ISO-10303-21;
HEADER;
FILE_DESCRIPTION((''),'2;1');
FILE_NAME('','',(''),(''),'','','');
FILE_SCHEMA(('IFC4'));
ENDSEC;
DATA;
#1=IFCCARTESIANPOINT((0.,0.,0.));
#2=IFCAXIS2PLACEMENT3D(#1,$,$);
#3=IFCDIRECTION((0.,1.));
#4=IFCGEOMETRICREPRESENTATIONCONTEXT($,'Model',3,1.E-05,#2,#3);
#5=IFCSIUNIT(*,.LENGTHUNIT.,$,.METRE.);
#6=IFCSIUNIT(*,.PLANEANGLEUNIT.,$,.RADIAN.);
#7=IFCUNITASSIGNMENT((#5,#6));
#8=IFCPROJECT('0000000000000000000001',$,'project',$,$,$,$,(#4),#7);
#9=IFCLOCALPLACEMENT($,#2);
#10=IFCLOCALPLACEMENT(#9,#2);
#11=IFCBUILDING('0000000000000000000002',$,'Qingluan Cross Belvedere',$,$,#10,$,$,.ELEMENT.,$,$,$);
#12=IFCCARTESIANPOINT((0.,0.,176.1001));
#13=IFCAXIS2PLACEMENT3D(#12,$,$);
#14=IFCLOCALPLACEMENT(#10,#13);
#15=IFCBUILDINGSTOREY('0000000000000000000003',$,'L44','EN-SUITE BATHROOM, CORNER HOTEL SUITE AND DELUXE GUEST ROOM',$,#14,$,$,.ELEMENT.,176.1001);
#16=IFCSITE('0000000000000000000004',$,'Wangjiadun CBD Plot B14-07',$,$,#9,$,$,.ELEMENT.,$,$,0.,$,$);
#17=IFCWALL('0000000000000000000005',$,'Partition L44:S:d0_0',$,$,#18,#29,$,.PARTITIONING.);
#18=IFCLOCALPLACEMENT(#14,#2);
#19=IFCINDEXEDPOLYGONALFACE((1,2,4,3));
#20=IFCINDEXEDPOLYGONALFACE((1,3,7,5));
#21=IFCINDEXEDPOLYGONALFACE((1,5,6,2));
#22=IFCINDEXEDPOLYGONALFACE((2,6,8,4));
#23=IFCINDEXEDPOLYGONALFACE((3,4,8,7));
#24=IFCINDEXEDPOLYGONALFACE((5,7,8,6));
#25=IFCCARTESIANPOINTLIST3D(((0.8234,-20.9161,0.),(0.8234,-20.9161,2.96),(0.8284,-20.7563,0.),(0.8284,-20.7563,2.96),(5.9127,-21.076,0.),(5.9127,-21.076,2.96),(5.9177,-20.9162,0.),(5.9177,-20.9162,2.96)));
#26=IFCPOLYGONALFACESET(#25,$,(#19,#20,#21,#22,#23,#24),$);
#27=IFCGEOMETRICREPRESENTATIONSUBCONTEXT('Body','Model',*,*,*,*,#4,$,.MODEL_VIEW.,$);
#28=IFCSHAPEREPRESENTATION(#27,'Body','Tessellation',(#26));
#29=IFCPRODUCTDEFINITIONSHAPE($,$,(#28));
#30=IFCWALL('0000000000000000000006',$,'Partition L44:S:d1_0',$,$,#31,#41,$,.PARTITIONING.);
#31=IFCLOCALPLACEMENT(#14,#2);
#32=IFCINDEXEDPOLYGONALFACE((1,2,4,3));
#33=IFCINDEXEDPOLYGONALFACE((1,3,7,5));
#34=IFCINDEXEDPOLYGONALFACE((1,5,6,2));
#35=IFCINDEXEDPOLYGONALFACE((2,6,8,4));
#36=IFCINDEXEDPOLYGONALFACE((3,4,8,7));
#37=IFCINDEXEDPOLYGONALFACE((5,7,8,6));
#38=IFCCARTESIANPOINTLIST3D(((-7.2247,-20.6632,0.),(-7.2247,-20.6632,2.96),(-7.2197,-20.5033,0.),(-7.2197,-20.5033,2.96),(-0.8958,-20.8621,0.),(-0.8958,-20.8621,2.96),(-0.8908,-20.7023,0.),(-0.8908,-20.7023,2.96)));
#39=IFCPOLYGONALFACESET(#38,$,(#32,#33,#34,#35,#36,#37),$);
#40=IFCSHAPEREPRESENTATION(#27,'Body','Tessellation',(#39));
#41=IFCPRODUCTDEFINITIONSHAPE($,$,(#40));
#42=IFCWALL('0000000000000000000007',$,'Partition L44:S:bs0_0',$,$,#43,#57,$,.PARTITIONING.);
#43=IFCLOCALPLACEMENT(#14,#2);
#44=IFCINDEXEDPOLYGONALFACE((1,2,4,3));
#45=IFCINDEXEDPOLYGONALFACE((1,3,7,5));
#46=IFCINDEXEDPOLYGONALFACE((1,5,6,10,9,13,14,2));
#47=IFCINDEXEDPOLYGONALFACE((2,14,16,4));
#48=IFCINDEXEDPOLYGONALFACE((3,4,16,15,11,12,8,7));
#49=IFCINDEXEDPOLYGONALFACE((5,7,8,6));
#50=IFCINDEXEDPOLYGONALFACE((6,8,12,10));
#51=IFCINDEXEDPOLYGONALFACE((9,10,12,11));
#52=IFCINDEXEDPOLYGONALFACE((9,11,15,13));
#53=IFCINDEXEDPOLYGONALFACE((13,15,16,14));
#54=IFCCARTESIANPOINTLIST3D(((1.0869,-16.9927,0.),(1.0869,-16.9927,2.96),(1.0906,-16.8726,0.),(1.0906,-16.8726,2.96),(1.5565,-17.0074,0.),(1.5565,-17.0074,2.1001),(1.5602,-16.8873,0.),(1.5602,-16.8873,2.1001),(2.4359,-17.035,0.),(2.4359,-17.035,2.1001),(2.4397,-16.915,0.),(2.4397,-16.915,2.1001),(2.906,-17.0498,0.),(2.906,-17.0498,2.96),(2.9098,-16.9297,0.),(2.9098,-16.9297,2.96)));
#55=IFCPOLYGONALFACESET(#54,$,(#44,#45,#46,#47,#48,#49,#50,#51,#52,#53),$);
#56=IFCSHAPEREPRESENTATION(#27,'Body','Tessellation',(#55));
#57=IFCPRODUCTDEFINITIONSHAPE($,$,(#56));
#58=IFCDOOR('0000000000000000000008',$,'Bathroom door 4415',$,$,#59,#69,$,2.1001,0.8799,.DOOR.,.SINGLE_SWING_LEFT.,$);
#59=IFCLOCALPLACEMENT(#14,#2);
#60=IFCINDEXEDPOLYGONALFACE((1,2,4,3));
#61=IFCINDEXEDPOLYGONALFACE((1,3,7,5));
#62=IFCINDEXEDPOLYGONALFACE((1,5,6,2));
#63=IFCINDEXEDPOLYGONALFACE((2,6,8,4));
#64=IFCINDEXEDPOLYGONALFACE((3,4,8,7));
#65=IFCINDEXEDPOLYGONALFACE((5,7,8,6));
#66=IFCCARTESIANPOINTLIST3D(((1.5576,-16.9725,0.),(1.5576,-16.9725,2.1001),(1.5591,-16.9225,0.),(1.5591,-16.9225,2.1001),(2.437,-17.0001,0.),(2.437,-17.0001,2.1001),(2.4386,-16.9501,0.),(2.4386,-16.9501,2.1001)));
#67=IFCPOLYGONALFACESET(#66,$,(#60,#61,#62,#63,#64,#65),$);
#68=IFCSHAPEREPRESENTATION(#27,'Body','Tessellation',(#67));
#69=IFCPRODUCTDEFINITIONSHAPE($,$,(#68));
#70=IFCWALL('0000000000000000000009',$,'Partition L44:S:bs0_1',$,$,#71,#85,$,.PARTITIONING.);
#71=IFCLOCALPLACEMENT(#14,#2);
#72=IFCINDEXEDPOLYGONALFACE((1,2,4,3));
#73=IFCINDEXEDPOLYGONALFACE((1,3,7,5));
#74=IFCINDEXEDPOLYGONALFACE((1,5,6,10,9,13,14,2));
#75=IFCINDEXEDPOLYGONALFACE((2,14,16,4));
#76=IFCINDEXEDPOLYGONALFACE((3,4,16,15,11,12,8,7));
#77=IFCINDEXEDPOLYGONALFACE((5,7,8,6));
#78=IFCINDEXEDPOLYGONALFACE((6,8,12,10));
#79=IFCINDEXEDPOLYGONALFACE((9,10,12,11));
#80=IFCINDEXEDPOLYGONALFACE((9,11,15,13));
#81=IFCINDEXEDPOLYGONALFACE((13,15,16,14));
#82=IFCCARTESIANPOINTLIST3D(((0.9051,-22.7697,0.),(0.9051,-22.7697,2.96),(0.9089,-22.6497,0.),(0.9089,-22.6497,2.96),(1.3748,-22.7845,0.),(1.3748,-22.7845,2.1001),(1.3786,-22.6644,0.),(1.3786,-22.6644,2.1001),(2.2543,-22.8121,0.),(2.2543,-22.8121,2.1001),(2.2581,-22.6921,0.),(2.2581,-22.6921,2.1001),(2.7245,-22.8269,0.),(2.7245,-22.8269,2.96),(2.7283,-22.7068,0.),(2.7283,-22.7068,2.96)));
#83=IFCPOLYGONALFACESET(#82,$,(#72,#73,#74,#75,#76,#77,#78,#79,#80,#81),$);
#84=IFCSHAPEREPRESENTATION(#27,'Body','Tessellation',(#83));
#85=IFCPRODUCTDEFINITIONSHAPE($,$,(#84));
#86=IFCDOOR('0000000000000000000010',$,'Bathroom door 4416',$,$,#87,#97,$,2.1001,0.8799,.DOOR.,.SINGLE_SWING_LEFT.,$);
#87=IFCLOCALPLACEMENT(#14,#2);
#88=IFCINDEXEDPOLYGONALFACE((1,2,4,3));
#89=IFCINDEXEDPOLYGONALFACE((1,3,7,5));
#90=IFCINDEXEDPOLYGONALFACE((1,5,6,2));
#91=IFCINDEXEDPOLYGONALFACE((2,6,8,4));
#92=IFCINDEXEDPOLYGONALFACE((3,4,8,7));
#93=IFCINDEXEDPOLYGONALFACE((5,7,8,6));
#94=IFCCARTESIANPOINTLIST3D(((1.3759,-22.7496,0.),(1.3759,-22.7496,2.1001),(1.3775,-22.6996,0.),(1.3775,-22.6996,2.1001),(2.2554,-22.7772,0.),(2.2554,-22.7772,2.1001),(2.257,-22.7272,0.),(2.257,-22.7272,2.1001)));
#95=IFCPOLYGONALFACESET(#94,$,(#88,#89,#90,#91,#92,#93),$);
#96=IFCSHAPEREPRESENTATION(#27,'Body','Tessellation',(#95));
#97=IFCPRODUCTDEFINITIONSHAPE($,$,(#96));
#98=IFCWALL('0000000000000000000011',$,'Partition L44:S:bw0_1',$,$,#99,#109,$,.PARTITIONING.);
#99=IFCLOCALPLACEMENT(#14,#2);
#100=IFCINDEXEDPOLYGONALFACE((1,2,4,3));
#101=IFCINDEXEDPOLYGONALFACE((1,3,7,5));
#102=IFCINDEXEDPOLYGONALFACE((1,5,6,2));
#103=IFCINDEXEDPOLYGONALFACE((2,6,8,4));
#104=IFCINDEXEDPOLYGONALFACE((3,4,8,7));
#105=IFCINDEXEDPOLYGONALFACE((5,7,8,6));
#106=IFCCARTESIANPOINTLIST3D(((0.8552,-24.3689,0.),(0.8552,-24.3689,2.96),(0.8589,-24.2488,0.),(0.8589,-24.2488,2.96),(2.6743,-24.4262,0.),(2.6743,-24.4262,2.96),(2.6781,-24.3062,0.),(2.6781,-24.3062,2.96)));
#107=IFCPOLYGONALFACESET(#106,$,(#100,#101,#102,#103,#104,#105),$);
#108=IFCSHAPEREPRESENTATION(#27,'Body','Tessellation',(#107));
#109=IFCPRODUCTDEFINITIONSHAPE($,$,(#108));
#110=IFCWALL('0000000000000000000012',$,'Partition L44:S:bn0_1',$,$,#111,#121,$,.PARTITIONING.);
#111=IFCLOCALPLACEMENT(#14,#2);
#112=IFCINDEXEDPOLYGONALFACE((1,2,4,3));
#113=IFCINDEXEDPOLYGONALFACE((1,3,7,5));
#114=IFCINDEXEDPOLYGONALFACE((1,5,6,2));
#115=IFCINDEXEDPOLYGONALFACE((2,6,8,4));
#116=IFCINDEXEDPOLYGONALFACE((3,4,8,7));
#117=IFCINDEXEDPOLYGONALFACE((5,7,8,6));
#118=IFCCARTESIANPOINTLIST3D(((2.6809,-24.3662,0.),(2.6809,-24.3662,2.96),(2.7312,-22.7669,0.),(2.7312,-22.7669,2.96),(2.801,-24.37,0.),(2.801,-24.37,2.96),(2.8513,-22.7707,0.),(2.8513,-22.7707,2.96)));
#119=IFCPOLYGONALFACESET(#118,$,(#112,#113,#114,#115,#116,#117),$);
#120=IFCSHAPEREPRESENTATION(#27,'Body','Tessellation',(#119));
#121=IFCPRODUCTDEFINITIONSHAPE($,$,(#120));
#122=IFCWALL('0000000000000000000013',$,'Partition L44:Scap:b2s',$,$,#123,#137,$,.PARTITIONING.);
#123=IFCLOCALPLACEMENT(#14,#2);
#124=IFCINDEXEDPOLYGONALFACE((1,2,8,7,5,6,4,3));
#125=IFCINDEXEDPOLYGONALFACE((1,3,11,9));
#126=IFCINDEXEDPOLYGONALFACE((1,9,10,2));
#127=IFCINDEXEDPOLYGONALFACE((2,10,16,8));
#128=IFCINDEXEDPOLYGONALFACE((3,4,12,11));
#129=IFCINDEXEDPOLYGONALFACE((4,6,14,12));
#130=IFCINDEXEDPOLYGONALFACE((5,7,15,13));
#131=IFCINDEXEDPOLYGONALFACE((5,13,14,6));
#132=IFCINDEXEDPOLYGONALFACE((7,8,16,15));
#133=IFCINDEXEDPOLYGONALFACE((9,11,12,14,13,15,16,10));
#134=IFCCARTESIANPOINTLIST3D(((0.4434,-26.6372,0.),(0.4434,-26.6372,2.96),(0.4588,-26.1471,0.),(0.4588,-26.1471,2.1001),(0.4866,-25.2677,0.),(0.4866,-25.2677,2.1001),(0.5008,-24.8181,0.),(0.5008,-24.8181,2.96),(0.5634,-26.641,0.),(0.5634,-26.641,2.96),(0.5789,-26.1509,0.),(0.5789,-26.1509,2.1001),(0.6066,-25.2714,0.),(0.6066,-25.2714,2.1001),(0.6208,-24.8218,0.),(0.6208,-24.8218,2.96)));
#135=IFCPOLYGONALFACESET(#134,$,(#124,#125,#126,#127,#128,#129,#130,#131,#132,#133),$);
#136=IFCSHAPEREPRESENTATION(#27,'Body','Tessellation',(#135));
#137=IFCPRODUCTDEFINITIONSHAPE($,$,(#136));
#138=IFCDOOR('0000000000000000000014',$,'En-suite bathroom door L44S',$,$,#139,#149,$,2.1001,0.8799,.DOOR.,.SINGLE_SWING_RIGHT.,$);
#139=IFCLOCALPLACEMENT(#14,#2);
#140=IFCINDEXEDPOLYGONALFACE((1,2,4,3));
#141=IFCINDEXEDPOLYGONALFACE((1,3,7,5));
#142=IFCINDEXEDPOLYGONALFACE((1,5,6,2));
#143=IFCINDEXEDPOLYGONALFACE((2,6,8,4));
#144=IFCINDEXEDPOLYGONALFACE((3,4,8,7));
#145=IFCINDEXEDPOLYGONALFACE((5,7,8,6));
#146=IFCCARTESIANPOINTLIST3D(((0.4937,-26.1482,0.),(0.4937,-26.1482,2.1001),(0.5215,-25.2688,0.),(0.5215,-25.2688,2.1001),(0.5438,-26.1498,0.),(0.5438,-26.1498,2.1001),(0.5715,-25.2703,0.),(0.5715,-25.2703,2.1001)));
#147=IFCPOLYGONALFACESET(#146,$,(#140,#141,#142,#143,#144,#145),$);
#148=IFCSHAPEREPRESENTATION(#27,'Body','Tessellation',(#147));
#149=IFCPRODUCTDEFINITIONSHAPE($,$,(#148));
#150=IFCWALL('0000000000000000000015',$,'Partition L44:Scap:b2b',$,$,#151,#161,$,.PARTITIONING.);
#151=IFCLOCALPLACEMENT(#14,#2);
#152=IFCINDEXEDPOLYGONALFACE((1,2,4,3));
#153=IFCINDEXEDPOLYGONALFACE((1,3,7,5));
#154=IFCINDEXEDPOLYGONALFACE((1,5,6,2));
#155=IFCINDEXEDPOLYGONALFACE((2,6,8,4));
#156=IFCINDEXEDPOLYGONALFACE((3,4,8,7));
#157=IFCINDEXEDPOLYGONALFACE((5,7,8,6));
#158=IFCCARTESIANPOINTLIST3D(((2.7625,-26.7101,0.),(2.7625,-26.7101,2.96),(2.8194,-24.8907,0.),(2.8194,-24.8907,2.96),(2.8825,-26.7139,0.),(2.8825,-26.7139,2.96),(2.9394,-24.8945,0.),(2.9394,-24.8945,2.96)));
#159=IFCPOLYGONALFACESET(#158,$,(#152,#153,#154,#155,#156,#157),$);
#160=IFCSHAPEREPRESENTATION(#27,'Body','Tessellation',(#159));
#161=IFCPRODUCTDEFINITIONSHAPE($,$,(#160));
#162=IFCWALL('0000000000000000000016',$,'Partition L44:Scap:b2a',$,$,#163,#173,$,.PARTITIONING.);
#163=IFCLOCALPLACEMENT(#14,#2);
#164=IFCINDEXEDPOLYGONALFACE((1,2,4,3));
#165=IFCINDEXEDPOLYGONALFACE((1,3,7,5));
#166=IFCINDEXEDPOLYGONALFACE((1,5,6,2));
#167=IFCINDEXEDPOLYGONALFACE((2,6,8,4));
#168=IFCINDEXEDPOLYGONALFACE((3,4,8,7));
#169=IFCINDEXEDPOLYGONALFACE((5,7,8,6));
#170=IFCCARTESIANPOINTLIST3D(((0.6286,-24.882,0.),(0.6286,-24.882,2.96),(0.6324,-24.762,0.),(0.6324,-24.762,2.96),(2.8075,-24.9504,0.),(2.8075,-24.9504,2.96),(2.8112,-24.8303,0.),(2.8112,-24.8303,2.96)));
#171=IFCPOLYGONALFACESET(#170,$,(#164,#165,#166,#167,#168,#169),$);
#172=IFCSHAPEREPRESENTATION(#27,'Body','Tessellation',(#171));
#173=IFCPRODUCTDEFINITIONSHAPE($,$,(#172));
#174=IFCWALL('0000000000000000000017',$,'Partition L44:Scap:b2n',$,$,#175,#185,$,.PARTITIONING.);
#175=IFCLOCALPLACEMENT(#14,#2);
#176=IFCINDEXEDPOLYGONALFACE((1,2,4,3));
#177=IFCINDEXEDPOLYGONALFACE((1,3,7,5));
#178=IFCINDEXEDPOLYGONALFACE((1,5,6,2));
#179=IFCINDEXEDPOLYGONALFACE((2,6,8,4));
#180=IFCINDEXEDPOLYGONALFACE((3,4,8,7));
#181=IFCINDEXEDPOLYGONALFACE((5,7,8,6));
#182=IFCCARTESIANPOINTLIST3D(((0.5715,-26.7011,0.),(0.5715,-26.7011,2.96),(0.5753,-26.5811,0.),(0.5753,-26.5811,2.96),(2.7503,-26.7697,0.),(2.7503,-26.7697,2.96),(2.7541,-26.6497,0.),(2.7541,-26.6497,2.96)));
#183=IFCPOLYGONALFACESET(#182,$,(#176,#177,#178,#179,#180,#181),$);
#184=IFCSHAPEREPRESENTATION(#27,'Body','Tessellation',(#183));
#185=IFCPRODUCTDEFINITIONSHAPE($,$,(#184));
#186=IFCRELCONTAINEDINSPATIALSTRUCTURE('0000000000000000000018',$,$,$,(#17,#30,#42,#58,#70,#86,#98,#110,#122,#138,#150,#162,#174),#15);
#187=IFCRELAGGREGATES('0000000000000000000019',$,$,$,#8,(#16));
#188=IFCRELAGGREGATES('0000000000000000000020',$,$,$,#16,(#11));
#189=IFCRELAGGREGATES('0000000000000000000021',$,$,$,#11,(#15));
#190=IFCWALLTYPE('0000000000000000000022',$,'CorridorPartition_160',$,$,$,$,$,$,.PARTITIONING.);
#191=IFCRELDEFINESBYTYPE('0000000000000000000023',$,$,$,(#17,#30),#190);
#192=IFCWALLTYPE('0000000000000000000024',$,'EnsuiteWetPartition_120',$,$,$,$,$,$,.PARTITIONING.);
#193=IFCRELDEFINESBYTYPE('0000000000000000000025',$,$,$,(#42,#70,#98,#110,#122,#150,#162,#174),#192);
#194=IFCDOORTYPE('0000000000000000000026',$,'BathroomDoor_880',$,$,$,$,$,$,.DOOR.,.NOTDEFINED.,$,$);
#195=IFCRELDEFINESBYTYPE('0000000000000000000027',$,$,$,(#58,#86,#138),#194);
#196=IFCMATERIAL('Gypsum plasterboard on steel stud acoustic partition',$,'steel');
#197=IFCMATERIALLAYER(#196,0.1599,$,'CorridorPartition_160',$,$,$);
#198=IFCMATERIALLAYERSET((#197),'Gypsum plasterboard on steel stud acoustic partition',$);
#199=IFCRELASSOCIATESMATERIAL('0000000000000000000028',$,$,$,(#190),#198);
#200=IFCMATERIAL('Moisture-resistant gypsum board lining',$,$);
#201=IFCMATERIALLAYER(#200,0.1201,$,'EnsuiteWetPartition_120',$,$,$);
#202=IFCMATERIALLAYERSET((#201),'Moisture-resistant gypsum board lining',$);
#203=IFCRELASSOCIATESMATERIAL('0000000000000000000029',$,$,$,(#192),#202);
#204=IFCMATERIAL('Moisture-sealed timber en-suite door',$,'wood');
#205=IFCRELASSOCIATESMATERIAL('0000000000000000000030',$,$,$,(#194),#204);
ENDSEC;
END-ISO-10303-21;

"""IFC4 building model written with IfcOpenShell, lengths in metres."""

from ifc_helpers import new_model, si_unit, direction, frame, frame_2d, origin, place, context, subcontext, project, spatial, rectangle, extrude, material, layer, layer_set, type_object, element, fill, save


model = new_model("IFC4")

# Units and contexts
model_context = context("Model", 3, precision=1e-05, world=origin(), true_north=direction((0.0, 1.0)))
body_context = subcontext(model_context, "Body", "Model", "MODEL_VIEW")
ifc_project = project(units=[si_unit("LENGTHUNIT", "METRE"), si_unit("PLANEANGLEUNIT", "RADIAN")], contexts=[model_context])

# Site, building, storey
site_placement = place(None, origin())
site = spatial("IfcSite", under=ifc_project, at=site_placement, Name="Wangjiadun CBD Plot B14-07", CompositionType="ELEMENT", RefElevation=0.0)
building_placement = place(site_placement, origin())
building = spatial("IfcBuilding", under=site, at=building_placement, Name="Qingluan Cross Belvedere", CompositionType="ELEMENT")
storey_placement = place(building_placement, frame((0.0, 0.0, 176.1001)))
storey = spatial("IfcBuildingStorey", under=building, at=storey_placement, Name="L44", Description="EN-SUITE BATHROOM, CORNER HOTEL SUITE AND DELUXE GUEST ROOM", CompositionType="ELEMENT", Elevation=176.1001)

# Walls
ifc_material_1 = material(Name="Gypsum plasterboard on steel stud acoustic partition", Category="steel")
ifc_layer_1 = layer(ifc_material_1, 0.1599, Name="CorridorPartition_160")
ifc_layer_set_1 = layer_set([ifc_layer_1], Name="Gypsum plasterboard on steel stud acoustic partition")
wall_type_1 = type_object("IfcWallType", Name="CorridorPartition_160", PredefinedType="PARTITIONING", material=ifc_layer_set_1)
wall_1_placement = place(storey_placement, frame((0.8259, -20.8362, 0.0), z_axis=(0.0, 0.0, 1.0), x_axis=(0.999507, -0.031405, 0.0)))
element("IfcWall", 1, at=wall_1_placement, inside=storey, type_object=wall_type_1, Name="Partition L44:S:d0_0", PredefinedType="PARTITIONING", context=body_context, shape_type="SweptSolid", body=[
    extrude(rectangle(XDim=5.0918, YDim=0.1599, at=frame_2d((2.5459, 0.0))), origin(), (0.0, 0.0, 1.0), 2.96),
])
wall_2_placement = place(storey_placement, frame((-0.8933, -20.7822, 0.0), z_axis=(0.0, 0.0, 1.0), x_axis=(-0.999506, 0.031424, 0.0)))
element("IfcWall", 2, at=wall_2_placement, inside=storey, type_object=wall_type_1, Name="Partition L44:S:d1_0", PredefinedType="PARTITIONING", context=body_context, shape_type="SweptSolid", body=[
    extrude(rectangle(XDim=6.332, YDim=0.1599, at=frame_2d((3.166, 0.0))), origin(), (0.0, 0.0, 1.0), 2.96),
])

# Walls, openings, doors
ifc_material_2 = material(Name="Moisture-resistant gypsum board lining")
ifc_layer_2 = layer(ifc_material_2, 0.1201, Name="EnsuiteWetPartition_120")
ifc_layer_set_2 = layer_set([ifc_layer_2], Name="Moisture-resistant gypsum board lining")
wall_type_2 = type_object("IfcWallType", Name="EnsuiteWetPartition_120", PredefinedType="PARTITIONING", material=ifc_layer_set_2)
wall_3_placement = place(storey_placement, frame((1.0886, -16.9326, 0.0), z_axis=(0.0, 0.0, 1.0), x_axis=(0.999507, -0.03139, 0.0)))
wall_3 = element("IfcWall", 3, at=wall_3_placement, inside=storey, type_object=wall_type_2, Name="Partition L44:S:bs0_0", PredefinedType="PARTITIONING", context=body_context, shape_type="SweptSolid", body=[
    extrude(rectangle(XDim=1.8201, YDim=0.1201, at=frame_2d((0.9102, 0.0))), origin(), (0.0, 0.0, 1.0), 2.96),
])
opening_1_placement = place(wall_3_placement, frame((0.47, 0.0, 0.0)))
opening_1 = element("IfcOpeningElement", 4, at=opening_1_placement, cuts=wall_3, PredefinedType="OPENING", context=body_context, shape_type="SweptSolid", body=[
    extrude(rectangle(XDim=0.8799, YDim=2.1001, at=frame_2d((0.4399, 1.05))), frame((0.0, 0.0701, 0.0), z_axis=(0.0, -1.0, 0.0), x_axis=(1.0, 0.0, 0.0)), (0.0, 0.0, 1.0), 0.1401),
])
ifc_material_3 = material(Name="Moisture-sealed timber en-suite door", Category="wood")
door_type = type_object("IfcDoorType", Name="BathroomDoor_880", OperationType="NOTDEFINED", PredefinedType="DOOR", material=ifc_material_3)
door_1_placement = place(opening_1_placement, origin())
door_1 = element("IfcDoor", 5, at=door_1_placement, inside=storey, type_object=door_type, Name="Bathroom door 4415", OperationType="SINGLE_SWING_LEFT", OverallHeight=2.1001, OverallWidth=0.8799, PredefinedType="DOOR", context=body_context, shape_type="SweptSolid", body=[
    extrude(rectangle(XDim=0.8799, YDim=2.1001, at=frame_2d((0.4399, 1.05))), frame((0.0, 0.0249, 0.0), z_axis=(0.0, -1.0, 0.0), x_axis=(1.0, 0.0, 0.0)), (0.0, 0.0, 1.0), 0.05),
])
fill(opening_1, door_1)
wall_4_placement = place(storey_placement, frame((0.907, -22.7097, 0.0), z_axis=(0.0, 0.0, 1.0), x_axis=(0.999507, -0.031385, 0.0)))
wall_4 = element("IfcWall", 6, at=wall_4_placement, inside=storey, type_object=wall_type_2, Name="Partition L44:S:bs0_1", PredefinedType="PARTITIONING", context=body_context, shape_type="SweptSolid", body=[
    extrude(rectangle(XDim=1.8203, YDim=0.1201, at=frame_2d((0.9102, 0.0))), origin(), (0.0, 0.0, 1.0), 2.96),
])
opening_2_placement = place(wall_4_placement, frame((0.47, 0.0, 0.0)))
opening_2 = element("IfcOpeningElement", 7, at=opening_2_placement, cuts=wall_4, PredefinedType="OPENING", context=body_context, shape_type="SweptSolid", body=[
    extrude(rectangle(XDim=0.8799, YDim=2.1001, at=frame_2d((0.4399, 1.05))), frame((0.0, 0.0701, 0.0), z_axis=(0.0, -1.0, 0.0), x_axis=(1.0, 0.0, 0.0)), (0.0, 0.0, 1.0), 0.1401),
])
door_2_placement = place(opening_2_placement, origin())
door_2 = element("IfcDoor", 8, at=door_2_placement, inside=storey, type_object=door_type, Name="Bathroom door 4416", OperationType="SINGLE_SWING_LEFT", OverallHeight=2.1001, OverallWidth=0.8799, PredefinedType="DOOR", context=body_context, shape_type="SweptSolid", body=[
    extrude(rectangle(XDim=0.8799, YDim=2.1001, at=frame_2d((0.4399, 1.05))), frame((0.0, 0.0249, 0.0), z_axis=(0.0, -1.0, 0.0), x_axis=(1.0, 0.0, 0.0)), (0.0, 0.0, 1.0), 0.05),
])
fill(opening_2, door_2)

# Walls
wall_5_placement = place(storey_placement, frame((0.8569, -24.3088, 0.0), z_axis=(0.0, 0.0, 1.0), x_axis=(0.999503, -0.031524, 0.0)))
element("IfcWall", 9, at=wall_5_placement, inside=storey, type_object=wall_type_2, Name="Partition L44:S:bw0_1", PredefinedType="PARTITIONING", context=body_context, shape_type="SweptSolid", body=[
    extrude(rectangle(XDim=1.8201, YDim=0.1201, at=frame_2d((0.9102, 0.0))), origin(), (0.0, 0.0, 1.0), 2.96),
])
wall_6_placement = place(storey_placement, frame((2.7913, -22.7688, 0.0), z_axis=(0.0, 0.0, 1.0), x_axis=(-0.03143, -0.999506, 0.0)))
element("IfcWall", 10, at=wall_6_placement, inside=storey, type_object=wall_type_2, Name="Partition L44:S:bn0_1", PredefinedType="PARTITIONING", context=body_context, shape_type="SweptSolid", body=[
    extrude(rectangle(XDim=1.6001, YDim=0.1201, at=frame_2d((0.8, 0.0))), origin(), (0.0, 0.0, 1.0), 2.96),
])

# Wall, opening, door
wall_7_placement = place(storey_placement, frame((0.5608, -24.8198, 0.0), z_axis=(0.0, 0.0, 1.0), x_axis=(-0.031524, -0.999503, 0.0)))
wall_7 = element("IfcWall", 11, at=wall_7_placement, inside=storey, type_object=wall_type_2, Name="Partition L44:Scap:b2s", PredefinedType="PARTITIONING", context=body_context, shape_type="SweptSolid", body=[
    extrude(rectangle(XDim=1.8201, YDim=0.1201, at=frame_2d((0.9102, 0.0))), origin(), (0.0, 0.0, 1.0), 2.96),
])
opening_3_placement = place(wall_7_placement, frame((0.45, 0.0, 0.0)))
opening_3 = element("IfcOpeningElement", 12, at=opening_3_placement, cuts=wall_7, PredefinedType="OPENING", context=body_context, shape_type="SweptSolid", body=[
    extrude(rectangle(XDim=0.8799, YDim=2.1001, at=frame_2d((0.4399, 1.05))), frame((0.0, 0.0701, 0.0), z_axis=(0.0, -1.0, 0.0), x_axis=(1.0, 0.0, 0.0)), (0.0, 0.0, 1.0), 0.1401),
])
door_3_placement = place(opening_3_placement, origin())
door_3 = element("IfcDoor", 13, at=door_3_placement, inside=storey, type_object=door_type, Name="En-suite bathroom door L44S", OperationType="SINGLE_SWING_RIGHT", OverallHeight=2.1001, OverallWidth=0.8799, PredefinedType="DOOR", context=body_context, shape_type="SweptSolid", body=[
    extrude(rectangle(XDim=0.8799, YDim=2.1001, at=frame_2d((0.4399, 1.05))), frame((0.0, 0.0249, 0.0), z_axis=(0.0, -1.0, 0.0), x_axis=(1.0, 0.0, 0.0)), (0.0, 0.0, 1.0), 0.05),
])
fill(opening_3, door_3)

# Walls
wall_8_placement = place(storey_placement, frame((2.8794, -24.8926, 0.0), z_axis=(0.0, 0.0, 1.0), x_axis=(-0.031252, -0.999512, 0.0)))
element("IfcWall", 14, at=wall_8_placement, inside=storey, type_object=wall_type_2, Name="Partition L44:Scap:b2b", PredefinedType="PARTITIONING", context=body_context, shape_type="SweptSolid", body=[
    extrude(rectangle(XDim=1.8203, YDim=0.1201, at=frame_2d((0.9102, 0.0))), origin(), (0.0, 0.0, 1.0), 2.96),
])
for number, where, z_axis, x_axis, name in (
    (15, (0.6306, -24.822, 0.0), (0.0, 0.0, 1.0), (0.999508, -0.031357, 0.0), "Partition L44:Scap:b2a"),
    (16, (0.5735, -26.6411, 0.0), (0.0, 0.0, 1.0), (0.999505, -0.031469, 0.0), "Partition L44:Scap:b2n"),
):
    element("IfcWall", number, at=place(storey_placement, frame(where, z_axis=z_axis, x_axis=x_axis)), inside=storey, type_object=wall_type_2, Name=name, PredefinedType="PARTITIONING", context=body_context, shape_type="SweptSolid", body=[
        extrude(rectangle(XDim=2.1799, YDim=0.1201, at=frame_2d((1.0898, 0.0))), origin(), (0.0, 0.0, 1.0), 2.96),
    ])

save(model, "model.ifc")
